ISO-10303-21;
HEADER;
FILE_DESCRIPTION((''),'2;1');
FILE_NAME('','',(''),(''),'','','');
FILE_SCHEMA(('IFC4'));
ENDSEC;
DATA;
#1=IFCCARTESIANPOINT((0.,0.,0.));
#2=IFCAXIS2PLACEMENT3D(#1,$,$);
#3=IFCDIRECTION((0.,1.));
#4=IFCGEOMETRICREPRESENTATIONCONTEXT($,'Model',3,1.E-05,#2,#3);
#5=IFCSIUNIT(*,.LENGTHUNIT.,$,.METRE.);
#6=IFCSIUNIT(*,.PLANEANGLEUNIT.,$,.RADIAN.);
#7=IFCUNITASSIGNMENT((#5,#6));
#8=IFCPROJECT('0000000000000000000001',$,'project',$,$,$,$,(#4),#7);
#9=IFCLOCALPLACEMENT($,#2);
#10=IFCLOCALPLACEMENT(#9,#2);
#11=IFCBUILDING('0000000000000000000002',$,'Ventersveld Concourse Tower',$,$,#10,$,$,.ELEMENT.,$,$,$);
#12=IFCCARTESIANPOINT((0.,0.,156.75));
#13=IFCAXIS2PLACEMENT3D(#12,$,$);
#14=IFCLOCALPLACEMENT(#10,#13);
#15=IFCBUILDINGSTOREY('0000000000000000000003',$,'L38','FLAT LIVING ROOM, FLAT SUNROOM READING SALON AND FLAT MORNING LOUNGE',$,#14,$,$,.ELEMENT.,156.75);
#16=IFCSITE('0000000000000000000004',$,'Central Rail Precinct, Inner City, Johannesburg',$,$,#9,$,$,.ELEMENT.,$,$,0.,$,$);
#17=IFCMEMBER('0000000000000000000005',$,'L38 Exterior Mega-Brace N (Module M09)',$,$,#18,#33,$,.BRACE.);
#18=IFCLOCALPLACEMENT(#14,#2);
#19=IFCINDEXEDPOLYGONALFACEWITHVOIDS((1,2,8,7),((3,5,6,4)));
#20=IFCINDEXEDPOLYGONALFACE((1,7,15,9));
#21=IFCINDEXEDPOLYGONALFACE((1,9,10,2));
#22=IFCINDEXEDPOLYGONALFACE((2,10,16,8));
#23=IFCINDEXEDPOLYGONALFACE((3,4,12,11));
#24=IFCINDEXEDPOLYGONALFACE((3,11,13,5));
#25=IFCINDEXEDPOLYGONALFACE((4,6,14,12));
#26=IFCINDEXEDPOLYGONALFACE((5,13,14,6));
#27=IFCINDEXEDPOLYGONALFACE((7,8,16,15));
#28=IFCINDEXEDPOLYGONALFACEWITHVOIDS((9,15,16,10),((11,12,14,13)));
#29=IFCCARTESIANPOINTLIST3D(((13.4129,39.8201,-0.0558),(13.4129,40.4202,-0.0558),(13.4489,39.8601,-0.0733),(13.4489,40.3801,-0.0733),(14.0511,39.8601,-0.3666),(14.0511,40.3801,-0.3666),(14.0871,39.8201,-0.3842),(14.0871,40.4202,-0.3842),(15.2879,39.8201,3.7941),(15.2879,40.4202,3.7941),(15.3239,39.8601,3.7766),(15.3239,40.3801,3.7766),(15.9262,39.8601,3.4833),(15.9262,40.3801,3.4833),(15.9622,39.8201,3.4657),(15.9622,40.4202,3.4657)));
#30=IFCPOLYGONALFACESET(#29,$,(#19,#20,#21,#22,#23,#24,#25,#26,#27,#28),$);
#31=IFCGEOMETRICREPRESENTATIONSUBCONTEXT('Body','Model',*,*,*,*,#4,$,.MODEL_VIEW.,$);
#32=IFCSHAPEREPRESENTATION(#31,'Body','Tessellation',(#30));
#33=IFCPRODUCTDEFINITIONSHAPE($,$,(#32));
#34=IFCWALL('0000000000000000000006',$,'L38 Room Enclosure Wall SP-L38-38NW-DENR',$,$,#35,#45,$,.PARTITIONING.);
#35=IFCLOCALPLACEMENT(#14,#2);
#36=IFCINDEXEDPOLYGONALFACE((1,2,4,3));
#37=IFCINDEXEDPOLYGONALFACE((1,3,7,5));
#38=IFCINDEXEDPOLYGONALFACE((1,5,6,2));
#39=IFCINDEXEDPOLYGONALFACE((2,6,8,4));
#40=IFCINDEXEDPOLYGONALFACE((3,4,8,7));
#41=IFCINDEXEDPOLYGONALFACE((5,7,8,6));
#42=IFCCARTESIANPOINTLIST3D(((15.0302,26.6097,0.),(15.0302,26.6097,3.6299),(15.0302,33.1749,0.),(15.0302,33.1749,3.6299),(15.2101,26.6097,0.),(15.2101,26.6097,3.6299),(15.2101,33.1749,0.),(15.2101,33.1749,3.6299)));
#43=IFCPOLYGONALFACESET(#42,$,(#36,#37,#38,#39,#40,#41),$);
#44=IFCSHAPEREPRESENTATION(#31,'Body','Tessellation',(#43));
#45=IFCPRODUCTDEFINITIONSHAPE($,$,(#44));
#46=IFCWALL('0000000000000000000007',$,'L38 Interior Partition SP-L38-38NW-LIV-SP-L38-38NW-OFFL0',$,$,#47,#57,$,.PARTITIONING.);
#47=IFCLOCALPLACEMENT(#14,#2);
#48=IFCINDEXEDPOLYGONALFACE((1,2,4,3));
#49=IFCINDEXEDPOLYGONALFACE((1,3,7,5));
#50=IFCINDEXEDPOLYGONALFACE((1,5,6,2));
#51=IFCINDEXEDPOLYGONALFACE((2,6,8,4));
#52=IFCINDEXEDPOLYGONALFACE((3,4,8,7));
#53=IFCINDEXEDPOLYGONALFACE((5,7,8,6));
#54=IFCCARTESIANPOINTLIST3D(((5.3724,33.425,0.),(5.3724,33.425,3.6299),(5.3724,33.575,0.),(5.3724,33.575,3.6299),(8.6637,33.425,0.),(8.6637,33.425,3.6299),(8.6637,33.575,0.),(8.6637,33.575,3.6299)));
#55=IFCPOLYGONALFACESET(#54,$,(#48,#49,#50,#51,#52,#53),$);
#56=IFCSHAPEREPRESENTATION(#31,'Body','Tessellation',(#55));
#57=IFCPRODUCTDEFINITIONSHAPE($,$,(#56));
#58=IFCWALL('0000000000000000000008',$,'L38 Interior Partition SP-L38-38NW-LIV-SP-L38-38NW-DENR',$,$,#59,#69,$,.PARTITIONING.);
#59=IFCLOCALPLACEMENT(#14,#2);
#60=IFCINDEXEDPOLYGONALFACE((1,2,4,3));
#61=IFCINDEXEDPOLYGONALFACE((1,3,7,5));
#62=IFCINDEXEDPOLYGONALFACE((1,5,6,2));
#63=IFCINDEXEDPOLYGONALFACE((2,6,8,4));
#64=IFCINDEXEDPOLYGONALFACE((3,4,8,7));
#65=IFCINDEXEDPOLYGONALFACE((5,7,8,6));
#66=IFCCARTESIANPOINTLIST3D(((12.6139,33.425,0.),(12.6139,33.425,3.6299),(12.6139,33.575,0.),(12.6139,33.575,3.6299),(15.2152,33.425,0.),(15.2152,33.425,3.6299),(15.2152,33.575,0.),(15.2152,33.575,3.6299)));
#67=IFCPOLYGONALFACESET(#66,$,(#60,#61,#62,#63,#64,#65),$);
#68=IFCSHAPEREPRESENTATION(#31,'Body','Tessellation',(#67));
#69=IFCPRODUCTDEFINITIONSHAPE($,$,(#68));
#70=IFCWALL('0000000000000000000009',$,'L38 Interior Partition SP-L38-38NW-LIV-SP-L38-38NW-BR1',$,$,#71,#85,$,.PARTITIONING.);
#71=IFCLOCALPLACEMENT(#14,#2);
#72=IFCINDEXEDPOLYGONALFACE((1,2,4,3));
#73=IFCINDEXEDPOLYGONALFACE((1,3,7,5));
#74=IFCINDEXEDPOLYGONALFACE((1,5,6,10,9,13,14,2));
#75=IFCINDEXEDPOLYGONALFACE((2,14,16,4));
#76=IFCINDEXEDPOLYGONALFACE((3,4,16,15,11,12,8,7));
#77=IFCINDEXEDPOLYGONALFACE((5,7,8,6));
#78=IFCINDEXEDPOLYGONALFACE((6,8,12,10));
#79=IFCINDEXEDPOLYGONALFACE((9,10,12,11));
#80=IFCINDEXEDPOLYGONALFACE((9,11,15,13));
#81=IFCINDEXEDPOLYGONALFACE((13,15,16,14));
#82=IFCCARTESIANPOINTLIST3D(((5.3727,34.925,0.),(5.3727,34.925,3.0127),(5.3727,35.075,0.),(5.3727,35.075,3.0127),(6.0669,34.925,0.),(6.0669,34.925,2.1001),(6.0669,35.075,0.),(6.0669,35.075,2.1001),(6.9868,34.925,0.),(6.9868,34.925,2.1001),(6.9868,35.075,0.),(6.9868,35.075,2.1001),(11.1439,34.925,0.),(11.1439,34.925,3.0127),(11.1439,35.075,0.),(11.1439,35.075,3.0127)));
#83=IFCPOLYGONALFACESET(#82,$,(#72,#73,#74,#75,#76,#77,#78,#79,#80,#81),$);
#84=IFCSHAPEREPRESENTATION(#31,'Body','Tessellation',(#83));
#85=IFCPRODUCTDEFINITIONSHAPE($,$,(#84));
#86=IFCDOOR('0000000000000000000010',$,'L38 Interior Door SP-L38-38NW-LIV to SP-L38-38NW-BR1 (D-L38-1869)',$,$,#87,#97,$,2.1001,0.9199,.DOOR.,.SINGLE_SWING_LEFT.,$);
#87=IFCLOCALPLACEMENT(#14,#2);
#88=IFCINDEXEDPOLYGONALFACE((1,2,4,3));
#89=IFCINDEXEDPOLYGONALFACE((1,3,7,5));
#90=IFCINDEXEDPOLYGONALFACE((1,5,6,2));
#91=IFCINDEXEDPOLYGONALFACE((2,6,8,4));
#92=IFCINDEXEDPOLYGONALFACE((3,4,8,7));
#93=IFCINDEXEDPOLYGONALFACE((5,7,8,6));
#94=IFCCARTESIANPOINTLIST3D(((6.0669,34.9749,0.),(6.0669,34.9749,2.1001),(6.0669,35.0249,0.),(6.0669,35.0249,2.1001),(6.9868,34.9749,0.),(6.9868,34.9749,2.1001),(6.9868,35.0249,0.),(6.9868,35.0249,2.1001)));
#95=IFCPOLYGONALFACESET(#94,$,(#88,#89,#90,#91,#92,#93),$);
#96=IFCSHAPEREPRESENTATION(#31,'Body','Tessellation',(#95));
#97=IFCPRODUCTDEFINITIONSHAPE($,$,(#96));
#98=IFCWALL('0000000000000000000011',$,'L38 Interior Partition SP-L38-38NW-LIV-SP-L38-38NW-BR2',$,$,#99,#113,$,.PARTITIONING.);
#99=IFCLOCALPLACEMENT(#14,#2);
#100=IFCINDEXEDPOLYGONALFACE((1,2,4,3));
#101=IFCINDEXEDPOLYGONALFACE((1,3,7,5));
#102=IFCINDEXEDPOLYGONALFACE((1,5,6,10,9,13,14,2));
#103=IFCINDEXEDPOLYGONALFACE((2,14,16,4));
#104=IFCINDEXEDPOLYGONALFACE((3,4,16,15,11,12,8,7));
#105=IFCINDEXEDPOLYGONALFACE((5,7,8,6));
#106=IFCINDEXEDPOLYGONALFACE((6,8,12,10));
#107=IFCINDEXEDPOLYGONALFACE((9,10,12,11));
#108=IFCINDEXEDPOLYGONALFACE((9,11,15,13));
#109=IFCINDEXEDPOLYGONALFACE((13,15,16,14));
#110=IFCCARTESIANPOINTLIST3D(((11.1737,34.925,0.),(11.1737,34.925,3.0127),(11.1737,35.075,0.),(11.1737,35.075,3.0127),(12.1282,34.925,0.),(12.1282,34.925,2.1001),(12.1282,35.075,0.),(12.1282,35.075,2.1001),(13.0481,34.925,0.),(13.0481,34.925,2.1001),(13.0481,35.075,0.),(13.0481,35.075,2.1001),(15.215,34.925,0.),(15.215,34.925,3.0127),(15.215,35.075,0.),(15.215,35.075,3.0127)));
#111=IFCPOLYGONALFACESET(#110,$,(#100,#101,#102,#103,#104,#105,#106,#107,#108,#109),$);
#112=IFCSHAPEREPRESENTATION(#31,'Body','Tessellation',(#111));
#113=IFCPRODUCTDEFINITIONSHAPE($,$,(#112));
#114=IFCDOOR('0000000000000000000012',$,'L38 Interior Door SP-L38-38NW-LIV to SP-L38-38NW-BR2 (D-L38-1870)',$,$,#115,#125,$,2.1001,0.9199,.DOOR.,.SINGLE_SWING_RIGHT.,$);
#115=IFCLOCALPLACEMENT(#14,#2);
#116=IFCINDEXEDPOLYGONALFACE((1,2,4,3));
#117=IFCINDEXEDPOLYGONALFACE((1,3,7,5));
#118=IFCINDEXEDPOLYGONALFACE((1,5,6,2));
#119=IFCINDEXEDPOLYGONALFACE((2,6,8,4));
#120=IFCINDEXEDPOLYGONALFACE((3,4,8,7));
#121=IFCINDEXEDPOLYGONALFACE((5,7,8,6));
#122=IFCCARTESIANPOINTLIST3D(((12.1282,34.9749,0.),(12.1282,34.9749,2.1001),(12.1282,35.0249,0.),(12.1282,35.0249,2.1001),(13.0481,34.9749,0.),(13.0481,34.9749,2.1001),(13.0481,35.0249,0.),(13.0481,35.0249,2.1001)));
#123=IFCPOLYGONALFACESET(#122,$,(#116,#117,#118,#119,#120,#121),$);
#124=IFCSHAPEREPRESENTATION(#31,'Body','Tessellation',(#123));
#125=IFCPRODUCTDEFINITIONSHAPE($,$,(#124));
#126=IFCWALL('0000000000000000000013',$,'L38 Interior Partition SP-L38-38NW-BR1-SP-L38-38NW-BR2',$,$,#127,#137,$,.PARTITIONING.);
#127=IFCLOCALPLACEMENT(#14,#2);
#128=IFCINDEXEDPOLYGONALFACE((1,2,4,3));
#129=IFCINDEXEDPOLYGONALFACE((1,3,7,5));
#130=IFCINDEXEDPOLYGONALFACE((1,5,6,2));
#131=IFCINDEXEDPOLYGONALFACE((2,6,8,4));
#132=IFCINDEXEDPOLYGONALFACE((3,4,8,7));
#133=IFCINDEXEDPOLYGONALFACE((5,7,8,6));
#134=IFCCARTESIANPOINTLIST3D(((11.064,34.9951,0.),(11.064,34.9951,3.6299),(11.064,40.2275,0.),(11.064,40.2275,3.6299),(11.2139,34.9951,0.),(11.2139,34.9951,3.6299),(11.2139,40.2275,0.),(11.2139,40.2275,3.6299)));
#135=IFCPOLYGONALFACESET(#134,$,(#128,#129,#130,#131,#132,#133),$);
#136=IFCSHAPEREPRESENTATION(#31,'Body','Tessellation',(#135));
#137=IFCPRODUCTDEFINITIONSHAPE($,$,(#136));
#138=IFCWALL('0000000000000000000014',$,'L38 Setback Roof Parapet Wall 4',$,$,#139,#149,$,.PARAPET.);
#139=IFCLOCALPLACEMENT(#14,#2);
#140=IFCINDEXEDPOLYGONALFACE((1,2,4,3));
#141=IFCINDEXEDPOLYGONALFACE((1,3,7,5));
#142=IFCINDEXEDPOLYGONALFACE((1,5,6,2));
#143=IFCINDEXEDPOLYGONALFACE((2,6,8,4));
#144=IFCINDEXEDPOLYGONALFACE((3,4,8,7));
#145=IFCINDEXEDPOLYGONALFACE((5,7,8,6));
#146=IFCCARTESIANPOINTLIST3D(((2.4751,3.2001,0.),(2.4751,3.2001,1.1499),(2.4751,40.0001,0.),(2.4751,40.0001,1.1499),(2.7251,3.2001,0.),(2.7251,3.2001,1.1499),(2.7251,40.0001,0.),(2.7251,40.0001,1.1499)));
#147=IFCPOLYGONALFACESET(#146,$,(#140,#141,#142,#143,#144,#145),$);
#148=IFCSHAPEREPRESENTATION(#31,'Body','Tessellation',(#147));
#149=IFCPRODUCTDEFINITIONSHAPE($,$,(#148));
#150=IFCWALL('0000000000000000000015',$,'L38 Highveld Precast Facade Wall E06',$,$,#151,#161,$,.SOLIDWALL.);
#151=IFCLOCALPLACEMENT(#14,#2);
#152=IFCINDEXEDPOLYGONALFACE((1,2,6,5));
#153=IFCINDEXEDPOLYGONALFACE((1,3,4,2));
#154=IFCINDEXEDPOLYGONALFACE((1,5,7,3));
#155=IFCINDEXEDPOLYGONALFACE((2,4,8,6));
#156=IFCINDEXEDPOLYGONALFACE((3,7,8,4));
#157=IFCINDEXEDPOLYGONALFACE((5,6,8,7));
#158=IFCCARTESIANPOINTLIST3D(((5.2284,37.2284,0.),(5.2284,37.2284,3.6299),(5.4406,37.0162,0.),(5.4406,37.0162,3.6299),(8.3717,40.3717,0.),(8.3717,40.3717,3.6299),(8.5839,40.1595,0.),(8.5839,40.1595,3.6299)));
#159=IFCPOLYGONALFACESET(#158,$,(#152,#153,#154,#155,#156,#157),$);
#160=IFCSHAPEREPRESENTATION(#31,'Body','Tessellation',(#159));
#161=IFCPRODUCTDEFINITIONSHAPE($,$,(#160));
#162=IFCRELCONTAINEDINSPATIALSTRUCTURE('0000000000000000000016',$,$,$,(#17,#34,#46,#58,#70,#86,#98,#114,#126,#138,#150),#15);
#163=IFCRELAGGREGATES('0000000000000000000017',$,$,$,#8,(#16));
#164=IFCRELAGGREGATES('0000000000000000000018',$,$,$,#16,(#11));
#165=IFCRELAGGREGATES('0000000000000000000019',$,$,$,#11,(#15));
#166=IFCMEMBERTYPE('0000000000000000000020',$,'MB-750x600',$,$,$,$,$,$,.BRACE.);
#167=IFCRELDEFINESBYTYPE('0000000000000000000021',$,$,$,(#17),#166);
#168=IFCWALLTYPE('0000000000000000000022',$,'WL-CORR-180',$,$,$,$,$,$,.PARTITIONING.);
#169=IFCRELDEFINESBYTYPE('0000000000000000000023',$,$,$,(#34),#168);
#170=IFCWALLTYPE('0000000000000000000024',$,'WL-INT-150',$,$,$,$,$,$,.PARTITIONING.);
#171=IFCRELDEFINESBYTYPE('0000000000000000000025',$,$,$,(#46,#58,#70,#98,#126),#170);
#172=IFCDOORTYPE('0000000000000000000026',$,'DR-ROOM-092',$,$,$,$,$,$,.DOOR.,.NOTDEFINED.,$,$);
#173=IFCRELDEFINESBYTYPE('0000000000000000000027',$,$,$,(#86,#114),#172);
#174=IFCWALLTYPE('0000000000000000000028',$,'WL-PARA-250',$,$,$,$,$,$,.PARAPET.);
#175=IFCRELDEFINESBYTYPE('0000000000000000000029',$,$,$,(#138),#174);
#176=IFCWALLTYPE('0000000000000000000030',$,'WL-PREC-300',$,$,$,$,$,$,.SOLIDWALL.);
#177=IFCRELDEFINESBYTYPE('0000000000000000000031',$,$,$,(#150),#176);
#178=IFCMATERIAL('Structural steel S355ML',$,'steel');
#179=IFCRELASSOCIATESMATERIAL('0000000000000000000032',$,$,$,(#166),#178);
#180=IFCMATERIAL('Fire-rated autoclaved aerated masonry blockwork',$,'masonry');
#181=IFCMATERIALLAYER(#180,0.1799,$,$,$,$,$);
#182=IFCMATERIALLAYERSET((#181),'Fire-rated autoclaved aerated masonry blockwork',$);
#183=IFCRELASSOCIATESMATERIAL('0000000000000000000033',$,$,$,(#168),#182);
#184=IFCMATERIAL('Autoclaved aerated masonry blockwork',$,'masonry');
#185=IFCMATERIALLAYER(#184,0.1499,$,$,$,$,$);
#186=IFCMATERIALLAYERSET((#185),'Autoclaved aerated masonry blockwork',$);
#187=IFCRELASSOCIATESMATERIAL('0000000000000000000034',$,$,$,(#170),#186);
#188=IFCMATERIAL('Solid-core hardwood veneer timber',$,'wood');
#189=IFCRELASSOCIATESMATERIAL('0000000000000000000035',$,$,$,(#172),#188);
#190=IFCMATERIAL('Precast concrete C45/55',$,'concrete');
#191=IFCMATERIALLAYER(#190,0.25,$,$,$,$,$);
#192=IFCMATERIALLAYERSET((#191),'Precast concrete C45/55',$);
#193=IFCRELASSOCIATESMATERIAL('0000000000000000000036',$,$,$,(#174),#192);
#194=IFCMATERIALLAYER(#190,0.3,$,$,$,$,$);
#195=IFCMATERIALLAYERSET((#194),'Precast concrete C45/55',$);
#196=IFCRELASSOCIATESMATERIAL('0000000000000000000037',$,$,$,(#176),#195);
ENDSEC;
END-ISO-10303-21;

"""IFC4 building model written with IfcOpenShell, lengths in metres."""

from ifc_helpers import new_model, si_unit, direction, frame, frame_2d, origin, origin_2d, place, context, subcontext, project, spatial, rectangle, hollow_rectangle, extrude, material, layer, layer_set, material_profile, profile_set, type_object, element, fill, save


model = new_model("IFC4")

# Units and contexts
model_context = context("Model", 3, precision=1e-05, world=origin(), true_north=direction((0.0, 1.0)))
body_context = subcontext(model_context, "Body", "Model", "MODEL_VIEW")
ifc_project = project(units=[si_unit("LENGTHUNIT", "METRE"), si_unit("PLANEANGLEUNIT", "RADIAN")], contexts=[model_context])

# Site, building, storey
site_placement = place(None, origin())
site = spatial("IfcSite", under=ifc_project, at=site_placement, Name="Central Rail Precinct, Inner City, Johannesburg", CompositionType="ELEMENT", RefElevation=0.0)
building_placement = place(site_placement, origin())
building = spatial("IfcBuilding", under=site, at=building_placement, Name="Ventersveld Concourse Tower", CompositionType="ELEMENT")
storey_placement = place(building_placement, frame((0.0, 0.0, 156.75)))
storey = spatial("IfcBuildingStorey", under=building, at=storey_placement, Name="L38", Description="FLAT LIVING ROOM, FLAT SUNROOM READING SALON AND FLAT MORNING LOUNGE", CompositionType="ELEMENT", Elevation=156.75)

# Member
ifc_material_1 = material(Name="Structural steel S355ML", Category="steel")
ifc_material_profile_1 = material_profile(ifc_material_1, hollow_rectangle(XDim=0.6001, YDim=0.75, WallThickness=0.04, at=origin_2d()), Name="BOX 750x600x40")
ifc_profile_set_1 = profile_set([ifc_material_profile_1], Name="Structural steel S355ML")
member_type = type_object("IfcMemberType", Name="MB-750x600", PredefinedType="BRACE", material=ifc_profile_set_1)
member_placement = place(storey_placement, frame((13.75, 40.1201, -0.22), z_axis=(0.437862, 0.0, 0.899042), x_axis=(0.0, 1.0, 0.0)))
element("IfcMember", 1, at=member_placement, inside=storey, type_object=member_type, Name="L38 Exterior Mega-Brace N (Module M09)", PredefinedType="BRACE", context=body_context, shape_type="SweptSolid", body=[
    extrude(hollow_rectangle(XDim=0.6001, YDim=0.75, WallThickness=0.04, at=origin_2d()), origin(), (0.0, 0.0, 1.0), 4.2822),
])

# Walls
ifc_material_2 = material(Name="Fire-rated autoclaved aerated masonry blockwork", Category="masonry")
ifc_layer_1 = layer(ifc_material_2, 0.1799)
ifc_layer_set_1 = layer_set([ifc_layer_1], Name="Fire-rated autoclaved aerated masonry blockwork")
wall_type_1 = type_object("IfcWallType", Name="WL-CORR-180", PredefinedType="PARTITIONING", material=ifc_layer_set_1)
wall_1_placement = place(storey_placement, frame((15.1201, 33.175, 0.0), z_axis=(0.0, 0.0, 1.0), x_axis=(0.0, -1.0, 0.0)))
element("IfcWall", 2, at=wall_1_placement, inside=storey, type_object=wall_type_1, Name="L38 Room Enclosure Wall SP-L38-38NW-DENR", PredefinedType="PARTITIONING", context=body_context, shape_type="SweptSolid", body=[
    extrude(rectangle(XDim=6.5652, YDim=0.1799, at=frame_2d((3.2827, 0.0))), origin(), (0.0, 0.0, 1.0), 3.6299),
])
ifc_material_3 = material(Name="Autoclaved aerated masonry blockwork", Category="masonry")
ifc_layer_2 = layer(ifc_material_3, 0.1499)
ifc_layer_set_2 = layer_set([ifc_layer_2], Name="Autoclaved aerated masonry blockwork")
wall_type_2 = type_object("IfcWallType", Name="WL-INT-150", PredefinedType="PARTITIONING", material=ifc_layer_set_2)
wall_2_placement = place(storey_placement, frame((5.3726, 33.5, 0.0), z_axis=(0.0, 0.0, 1.0), x_axis=(1.0, 0.0, 0.0)))
element("IfcWall", 3, at=wall_2_placement, inside=storey, type_object=wall_type_2, Name="L38 Interior Partition SP-L38-38NW-LIV-SP-L38-38NW-OFFL0", PredefinedType="PARTITIONING", context=body_context, shape_type="SweptSolid", body=[
    extrude(rectangle(XDim=3.2913, YDim=0.1499, at=frame_2d((1.6455, 0.0))), origin(), (0.0, 0.0, 1.0), 3.6299),
])
wall_3_placement = place(storey_placement, frame((12.6138, 33.5, 0.0), z_axis=(0.0, 0.0, 1.0), x_axis=(1.0, 0.0, 0.0)))
element("IfcWall", 4, at=wall_3_placement, inside=storey, type_object=wall_type_2, Name="L38 Interior Partition SP-L38-38NW-LIV-SP-L38-38NW-DENR", PredefinedType="PARTITIONING", context=body_context, shape_type="SweptSolid", body=[
    extrude(rectangle(XDim=2.6013, YDim=0.1499, at=frame_2d((1.3008, 0.0))), origin(), (0.0, 0.0, 1.0), 3.6299),
])

# Walls, openings, doors
wall_4_placement = place(storey_placement, frame((5.3726, 35.0, 0.0), z_axis=(0.0, 0.0, 1.0), x_axis=(1.0, 0.0, 0.0)))
wall_4 = element("IfcWall", 5, at=wall_4_placement, inside=storey, type_object=wall_type_2, Name="L38 Interior Partition SP-L38-38NW-LIV-SP-L38-38NW-BR1", PredefinedType="PARTITIONING", context=body_context, shape_type="SweptSolid", body=[
    extrude(rectangle(XDim=5.7712, YDim=0.1499, at=frame_2d((2.8857, 0.0))), origin(), (0.0, 0.0, 1.0), 3.0127),
])
opening_1_placement = place(wall_4_placement, frame((0.6943, 0.0, 0.0)))
opening_1 = element("IfcOpeningElement", 6, at=opening_1_placement, cuts=wall_4, PredefinedType="OPENING", context=body_context, shape_type="SweptSolid", body=[
    extrude(rectangle(XDim=0.9199, YDim=2.1001, at=frame_2d((0.46, 1.05))), frame((0.0, 0.085, 0.0), z_axis=(0.0, -1.0, 0.0), x_axis=(1.0, 0.0, 0.0)), (0.0, 0.0, 1.0), 0.1699),
])
ifc_material_4 = material(Name="Solid-core hardwood veneer timber", Category="wood")
door_type = type_object("IfcDoorType", Name="DR-ROOM-092", OperationType="NOTDEFINED", PredefinedType="DOOR", material=ifc_material_4)
door_1_placement = place(opening_1_placement, origin())
door_1 = element("IfcDoor", 7, at=door_1_placement, inside=storey, type_object=door_type, Name="L38 Interior Door SP-L38-38NW-LIV to SP-L38-38NW-BR1 (D-L38-1869)", OperationType="SINGLE_SWING_LEFT", OverallHeight=2.1001, OverallWidth=0.9199, PredefinedType="DOOR", context=body_context, shape_type="SweptSolid", body=[
    extrude(rectangle(XDim=0.9199, YDim=2.1001, at=frame_2d((0.46, 1.05))), frame((0.0, 0.0249, 0.0), z_axis=(0.0, -1.0, 0.0), x_axis=(1.0, 0.0, 0.0)), (0.0, 0.0, 1.0), 0.05),
])
fill(opening_1, door_1)
wall_5_placement = place(storey_placement, frame((11.1738, 35.0, 0.0), z_axis=(0.0, 0.0, 1.0), x_axis=(1.0, 0.0, 0.0)))
wall_5 = element("IfcWall", 8, at=wall_5_placement, inside=storey, type_object=wall_type_2, Name="L38 Interior Partition SP-L38-38NW-LIV-SP-L38-38NW-BR2", PredefinedType="PARTITIONING", context=body_context, shape_type="SweptSolid", body=[
    extrude(rectangle(XDim=4.0413, YDim=0.1499, at=frame_2d((2.0205, 0.0))), origin(), (0.0, 0.0, 1.0), 3.0127),
])
opening_2_placement = place(wall_5_placement, frame((0.9543, 0.0, 0.0)))
opening_2 = element("IfcOpeningElement", 9, at=opening_2_placement, cuts=wall_5, PredefinedType="OPENING", context=body_context, shape_type="SweptSolid", body=[
    extrude(rectangle(XDim=0.9199, YDim=2.1001, at=frame_2d((0.46, 1.05))), frame((0.0, 0.085, 0.0), z_axis=(0.0, -1.0, 0.0), x_axis=(1.0, 0.0, 0.0)), (0.0, 0.0, 1.0), 0.1699),
])
door_2_placement = place(opening_2_placement, origin())
door_2 = element("IfcDoor", 10, at=door_2_placement, inside=storey, type_object=door_type, Name="L38 Interior Door SP-L38-38NW-LIV to SP-L38-38NW-BR2 (D-L38-1870)", OperationType="SINGLE_SWING_RIGHT", OverallHeight=2.1001, OverallWidth=0.9199, PredefinedType="DOOR", context=body_context, shape_type="SweptSolid", body=[
    extrude(rectangle(XDim=0.9199, YDim=2.1001, at=frame_2d((0.46, 1.05))), frame((0.0, 0.0249, 0.0), z_axis=(0.0, -1.0, 0.0), x_axis=(1.0, 0.0, 0.0)), (0.0, 0.0, 1.0), 0.05),
])
fill(opening_2, door_2)

# Walls
wall_6_placement = place(storey_placement, frame((11.1389, 34.9951, 0.0), z_axis=(0.0, 0.0, 1.0), x_axis=(0.0, 1.0, 0.0)))
element("IfcWall", 11, at=wall_6_placement, inside=storey, type_object=wall_type_2, Name="L38 Interior Partition SP-L38-38NW-BR1-SP-L38-38NW-BR2", PredefinedType="PARTITIONING", context=body_context, shape_type="SweptSolid", body=[
    extrude(rectangle(XDim=5.2324, YDim=0.1499, at=frame_2d((2.6162, 0.0))), origin(), (0.0, 0.0, 1.0), 3.6299),
])
ifc_material_5 = material(Name="Precast concrete C45/55", Category="concrete")
ifc_layer_3 = layer(ifc_material_5, 0.25)
ifc_layer_set_3 = layer_set([ifc_layer_3], Name="Precast concrete C45/55")
wall_type_3 = type_object("IfcWallType", Name="WL-PARA-250", PredefinedType="PARAPET", material=ifc_layer_set_3)
wall_7_placement = place(storey_placement, frame((2.6001, 40.0, 0.0), z_axis=(0.0, 0.0, 1.0), x_axis=(0.0, -1.0, 0.0)))
element("IfcWall", 12, at=wall_7_placement, inside=storey, type_object=wall_type_3, Name="L38 Setback Roof Parapet Wall 4", PredefinedType="PARAPET", context=body_context, shape_type="SweptSolid", body=[
    extrude(rectangle(XDim=36.8, YDim=0.25, at=frame_2d((18.3999, 0.0))), origin(), (0.0, 0.0, 1.0), 1.1499),
])
ifc_layer_4 = layer(ifc_material_5, 0.3)
ifc_layer_set_4 = layer_set([ifc_layer_4], Name="Precast concrete C45/55")
wall_type_4 = type_object("IfcWallType", Name="WL-PREC-300", PredefinedType="SOLIDWALL", material=ifc_layer_set_4)
wall_8_placement = place(storey_placement, frame((8.4778, 40.2656, 0.0), z_axis=(0.0, 0.0, 1.0), x_axis=(-0.707107, -0.707107, 0.0)))
element("IfcWall", 13, at=wall_8_placement, inside=storey, type_object=wall_type_4, Name="L38 Highveld Precast Facade Wall E06", PredefinedType="SOLIDWALL", context=body_context, shape_type="SweptSolid", body=[
    extrude(rectangle(XDim=4.4453, YDim=0.3, at=frame_2d((2.2227, 0.0))), origin(), (0.0, 0.0, 1.0), 3.6299),
])

save(model, "model.ifc")
